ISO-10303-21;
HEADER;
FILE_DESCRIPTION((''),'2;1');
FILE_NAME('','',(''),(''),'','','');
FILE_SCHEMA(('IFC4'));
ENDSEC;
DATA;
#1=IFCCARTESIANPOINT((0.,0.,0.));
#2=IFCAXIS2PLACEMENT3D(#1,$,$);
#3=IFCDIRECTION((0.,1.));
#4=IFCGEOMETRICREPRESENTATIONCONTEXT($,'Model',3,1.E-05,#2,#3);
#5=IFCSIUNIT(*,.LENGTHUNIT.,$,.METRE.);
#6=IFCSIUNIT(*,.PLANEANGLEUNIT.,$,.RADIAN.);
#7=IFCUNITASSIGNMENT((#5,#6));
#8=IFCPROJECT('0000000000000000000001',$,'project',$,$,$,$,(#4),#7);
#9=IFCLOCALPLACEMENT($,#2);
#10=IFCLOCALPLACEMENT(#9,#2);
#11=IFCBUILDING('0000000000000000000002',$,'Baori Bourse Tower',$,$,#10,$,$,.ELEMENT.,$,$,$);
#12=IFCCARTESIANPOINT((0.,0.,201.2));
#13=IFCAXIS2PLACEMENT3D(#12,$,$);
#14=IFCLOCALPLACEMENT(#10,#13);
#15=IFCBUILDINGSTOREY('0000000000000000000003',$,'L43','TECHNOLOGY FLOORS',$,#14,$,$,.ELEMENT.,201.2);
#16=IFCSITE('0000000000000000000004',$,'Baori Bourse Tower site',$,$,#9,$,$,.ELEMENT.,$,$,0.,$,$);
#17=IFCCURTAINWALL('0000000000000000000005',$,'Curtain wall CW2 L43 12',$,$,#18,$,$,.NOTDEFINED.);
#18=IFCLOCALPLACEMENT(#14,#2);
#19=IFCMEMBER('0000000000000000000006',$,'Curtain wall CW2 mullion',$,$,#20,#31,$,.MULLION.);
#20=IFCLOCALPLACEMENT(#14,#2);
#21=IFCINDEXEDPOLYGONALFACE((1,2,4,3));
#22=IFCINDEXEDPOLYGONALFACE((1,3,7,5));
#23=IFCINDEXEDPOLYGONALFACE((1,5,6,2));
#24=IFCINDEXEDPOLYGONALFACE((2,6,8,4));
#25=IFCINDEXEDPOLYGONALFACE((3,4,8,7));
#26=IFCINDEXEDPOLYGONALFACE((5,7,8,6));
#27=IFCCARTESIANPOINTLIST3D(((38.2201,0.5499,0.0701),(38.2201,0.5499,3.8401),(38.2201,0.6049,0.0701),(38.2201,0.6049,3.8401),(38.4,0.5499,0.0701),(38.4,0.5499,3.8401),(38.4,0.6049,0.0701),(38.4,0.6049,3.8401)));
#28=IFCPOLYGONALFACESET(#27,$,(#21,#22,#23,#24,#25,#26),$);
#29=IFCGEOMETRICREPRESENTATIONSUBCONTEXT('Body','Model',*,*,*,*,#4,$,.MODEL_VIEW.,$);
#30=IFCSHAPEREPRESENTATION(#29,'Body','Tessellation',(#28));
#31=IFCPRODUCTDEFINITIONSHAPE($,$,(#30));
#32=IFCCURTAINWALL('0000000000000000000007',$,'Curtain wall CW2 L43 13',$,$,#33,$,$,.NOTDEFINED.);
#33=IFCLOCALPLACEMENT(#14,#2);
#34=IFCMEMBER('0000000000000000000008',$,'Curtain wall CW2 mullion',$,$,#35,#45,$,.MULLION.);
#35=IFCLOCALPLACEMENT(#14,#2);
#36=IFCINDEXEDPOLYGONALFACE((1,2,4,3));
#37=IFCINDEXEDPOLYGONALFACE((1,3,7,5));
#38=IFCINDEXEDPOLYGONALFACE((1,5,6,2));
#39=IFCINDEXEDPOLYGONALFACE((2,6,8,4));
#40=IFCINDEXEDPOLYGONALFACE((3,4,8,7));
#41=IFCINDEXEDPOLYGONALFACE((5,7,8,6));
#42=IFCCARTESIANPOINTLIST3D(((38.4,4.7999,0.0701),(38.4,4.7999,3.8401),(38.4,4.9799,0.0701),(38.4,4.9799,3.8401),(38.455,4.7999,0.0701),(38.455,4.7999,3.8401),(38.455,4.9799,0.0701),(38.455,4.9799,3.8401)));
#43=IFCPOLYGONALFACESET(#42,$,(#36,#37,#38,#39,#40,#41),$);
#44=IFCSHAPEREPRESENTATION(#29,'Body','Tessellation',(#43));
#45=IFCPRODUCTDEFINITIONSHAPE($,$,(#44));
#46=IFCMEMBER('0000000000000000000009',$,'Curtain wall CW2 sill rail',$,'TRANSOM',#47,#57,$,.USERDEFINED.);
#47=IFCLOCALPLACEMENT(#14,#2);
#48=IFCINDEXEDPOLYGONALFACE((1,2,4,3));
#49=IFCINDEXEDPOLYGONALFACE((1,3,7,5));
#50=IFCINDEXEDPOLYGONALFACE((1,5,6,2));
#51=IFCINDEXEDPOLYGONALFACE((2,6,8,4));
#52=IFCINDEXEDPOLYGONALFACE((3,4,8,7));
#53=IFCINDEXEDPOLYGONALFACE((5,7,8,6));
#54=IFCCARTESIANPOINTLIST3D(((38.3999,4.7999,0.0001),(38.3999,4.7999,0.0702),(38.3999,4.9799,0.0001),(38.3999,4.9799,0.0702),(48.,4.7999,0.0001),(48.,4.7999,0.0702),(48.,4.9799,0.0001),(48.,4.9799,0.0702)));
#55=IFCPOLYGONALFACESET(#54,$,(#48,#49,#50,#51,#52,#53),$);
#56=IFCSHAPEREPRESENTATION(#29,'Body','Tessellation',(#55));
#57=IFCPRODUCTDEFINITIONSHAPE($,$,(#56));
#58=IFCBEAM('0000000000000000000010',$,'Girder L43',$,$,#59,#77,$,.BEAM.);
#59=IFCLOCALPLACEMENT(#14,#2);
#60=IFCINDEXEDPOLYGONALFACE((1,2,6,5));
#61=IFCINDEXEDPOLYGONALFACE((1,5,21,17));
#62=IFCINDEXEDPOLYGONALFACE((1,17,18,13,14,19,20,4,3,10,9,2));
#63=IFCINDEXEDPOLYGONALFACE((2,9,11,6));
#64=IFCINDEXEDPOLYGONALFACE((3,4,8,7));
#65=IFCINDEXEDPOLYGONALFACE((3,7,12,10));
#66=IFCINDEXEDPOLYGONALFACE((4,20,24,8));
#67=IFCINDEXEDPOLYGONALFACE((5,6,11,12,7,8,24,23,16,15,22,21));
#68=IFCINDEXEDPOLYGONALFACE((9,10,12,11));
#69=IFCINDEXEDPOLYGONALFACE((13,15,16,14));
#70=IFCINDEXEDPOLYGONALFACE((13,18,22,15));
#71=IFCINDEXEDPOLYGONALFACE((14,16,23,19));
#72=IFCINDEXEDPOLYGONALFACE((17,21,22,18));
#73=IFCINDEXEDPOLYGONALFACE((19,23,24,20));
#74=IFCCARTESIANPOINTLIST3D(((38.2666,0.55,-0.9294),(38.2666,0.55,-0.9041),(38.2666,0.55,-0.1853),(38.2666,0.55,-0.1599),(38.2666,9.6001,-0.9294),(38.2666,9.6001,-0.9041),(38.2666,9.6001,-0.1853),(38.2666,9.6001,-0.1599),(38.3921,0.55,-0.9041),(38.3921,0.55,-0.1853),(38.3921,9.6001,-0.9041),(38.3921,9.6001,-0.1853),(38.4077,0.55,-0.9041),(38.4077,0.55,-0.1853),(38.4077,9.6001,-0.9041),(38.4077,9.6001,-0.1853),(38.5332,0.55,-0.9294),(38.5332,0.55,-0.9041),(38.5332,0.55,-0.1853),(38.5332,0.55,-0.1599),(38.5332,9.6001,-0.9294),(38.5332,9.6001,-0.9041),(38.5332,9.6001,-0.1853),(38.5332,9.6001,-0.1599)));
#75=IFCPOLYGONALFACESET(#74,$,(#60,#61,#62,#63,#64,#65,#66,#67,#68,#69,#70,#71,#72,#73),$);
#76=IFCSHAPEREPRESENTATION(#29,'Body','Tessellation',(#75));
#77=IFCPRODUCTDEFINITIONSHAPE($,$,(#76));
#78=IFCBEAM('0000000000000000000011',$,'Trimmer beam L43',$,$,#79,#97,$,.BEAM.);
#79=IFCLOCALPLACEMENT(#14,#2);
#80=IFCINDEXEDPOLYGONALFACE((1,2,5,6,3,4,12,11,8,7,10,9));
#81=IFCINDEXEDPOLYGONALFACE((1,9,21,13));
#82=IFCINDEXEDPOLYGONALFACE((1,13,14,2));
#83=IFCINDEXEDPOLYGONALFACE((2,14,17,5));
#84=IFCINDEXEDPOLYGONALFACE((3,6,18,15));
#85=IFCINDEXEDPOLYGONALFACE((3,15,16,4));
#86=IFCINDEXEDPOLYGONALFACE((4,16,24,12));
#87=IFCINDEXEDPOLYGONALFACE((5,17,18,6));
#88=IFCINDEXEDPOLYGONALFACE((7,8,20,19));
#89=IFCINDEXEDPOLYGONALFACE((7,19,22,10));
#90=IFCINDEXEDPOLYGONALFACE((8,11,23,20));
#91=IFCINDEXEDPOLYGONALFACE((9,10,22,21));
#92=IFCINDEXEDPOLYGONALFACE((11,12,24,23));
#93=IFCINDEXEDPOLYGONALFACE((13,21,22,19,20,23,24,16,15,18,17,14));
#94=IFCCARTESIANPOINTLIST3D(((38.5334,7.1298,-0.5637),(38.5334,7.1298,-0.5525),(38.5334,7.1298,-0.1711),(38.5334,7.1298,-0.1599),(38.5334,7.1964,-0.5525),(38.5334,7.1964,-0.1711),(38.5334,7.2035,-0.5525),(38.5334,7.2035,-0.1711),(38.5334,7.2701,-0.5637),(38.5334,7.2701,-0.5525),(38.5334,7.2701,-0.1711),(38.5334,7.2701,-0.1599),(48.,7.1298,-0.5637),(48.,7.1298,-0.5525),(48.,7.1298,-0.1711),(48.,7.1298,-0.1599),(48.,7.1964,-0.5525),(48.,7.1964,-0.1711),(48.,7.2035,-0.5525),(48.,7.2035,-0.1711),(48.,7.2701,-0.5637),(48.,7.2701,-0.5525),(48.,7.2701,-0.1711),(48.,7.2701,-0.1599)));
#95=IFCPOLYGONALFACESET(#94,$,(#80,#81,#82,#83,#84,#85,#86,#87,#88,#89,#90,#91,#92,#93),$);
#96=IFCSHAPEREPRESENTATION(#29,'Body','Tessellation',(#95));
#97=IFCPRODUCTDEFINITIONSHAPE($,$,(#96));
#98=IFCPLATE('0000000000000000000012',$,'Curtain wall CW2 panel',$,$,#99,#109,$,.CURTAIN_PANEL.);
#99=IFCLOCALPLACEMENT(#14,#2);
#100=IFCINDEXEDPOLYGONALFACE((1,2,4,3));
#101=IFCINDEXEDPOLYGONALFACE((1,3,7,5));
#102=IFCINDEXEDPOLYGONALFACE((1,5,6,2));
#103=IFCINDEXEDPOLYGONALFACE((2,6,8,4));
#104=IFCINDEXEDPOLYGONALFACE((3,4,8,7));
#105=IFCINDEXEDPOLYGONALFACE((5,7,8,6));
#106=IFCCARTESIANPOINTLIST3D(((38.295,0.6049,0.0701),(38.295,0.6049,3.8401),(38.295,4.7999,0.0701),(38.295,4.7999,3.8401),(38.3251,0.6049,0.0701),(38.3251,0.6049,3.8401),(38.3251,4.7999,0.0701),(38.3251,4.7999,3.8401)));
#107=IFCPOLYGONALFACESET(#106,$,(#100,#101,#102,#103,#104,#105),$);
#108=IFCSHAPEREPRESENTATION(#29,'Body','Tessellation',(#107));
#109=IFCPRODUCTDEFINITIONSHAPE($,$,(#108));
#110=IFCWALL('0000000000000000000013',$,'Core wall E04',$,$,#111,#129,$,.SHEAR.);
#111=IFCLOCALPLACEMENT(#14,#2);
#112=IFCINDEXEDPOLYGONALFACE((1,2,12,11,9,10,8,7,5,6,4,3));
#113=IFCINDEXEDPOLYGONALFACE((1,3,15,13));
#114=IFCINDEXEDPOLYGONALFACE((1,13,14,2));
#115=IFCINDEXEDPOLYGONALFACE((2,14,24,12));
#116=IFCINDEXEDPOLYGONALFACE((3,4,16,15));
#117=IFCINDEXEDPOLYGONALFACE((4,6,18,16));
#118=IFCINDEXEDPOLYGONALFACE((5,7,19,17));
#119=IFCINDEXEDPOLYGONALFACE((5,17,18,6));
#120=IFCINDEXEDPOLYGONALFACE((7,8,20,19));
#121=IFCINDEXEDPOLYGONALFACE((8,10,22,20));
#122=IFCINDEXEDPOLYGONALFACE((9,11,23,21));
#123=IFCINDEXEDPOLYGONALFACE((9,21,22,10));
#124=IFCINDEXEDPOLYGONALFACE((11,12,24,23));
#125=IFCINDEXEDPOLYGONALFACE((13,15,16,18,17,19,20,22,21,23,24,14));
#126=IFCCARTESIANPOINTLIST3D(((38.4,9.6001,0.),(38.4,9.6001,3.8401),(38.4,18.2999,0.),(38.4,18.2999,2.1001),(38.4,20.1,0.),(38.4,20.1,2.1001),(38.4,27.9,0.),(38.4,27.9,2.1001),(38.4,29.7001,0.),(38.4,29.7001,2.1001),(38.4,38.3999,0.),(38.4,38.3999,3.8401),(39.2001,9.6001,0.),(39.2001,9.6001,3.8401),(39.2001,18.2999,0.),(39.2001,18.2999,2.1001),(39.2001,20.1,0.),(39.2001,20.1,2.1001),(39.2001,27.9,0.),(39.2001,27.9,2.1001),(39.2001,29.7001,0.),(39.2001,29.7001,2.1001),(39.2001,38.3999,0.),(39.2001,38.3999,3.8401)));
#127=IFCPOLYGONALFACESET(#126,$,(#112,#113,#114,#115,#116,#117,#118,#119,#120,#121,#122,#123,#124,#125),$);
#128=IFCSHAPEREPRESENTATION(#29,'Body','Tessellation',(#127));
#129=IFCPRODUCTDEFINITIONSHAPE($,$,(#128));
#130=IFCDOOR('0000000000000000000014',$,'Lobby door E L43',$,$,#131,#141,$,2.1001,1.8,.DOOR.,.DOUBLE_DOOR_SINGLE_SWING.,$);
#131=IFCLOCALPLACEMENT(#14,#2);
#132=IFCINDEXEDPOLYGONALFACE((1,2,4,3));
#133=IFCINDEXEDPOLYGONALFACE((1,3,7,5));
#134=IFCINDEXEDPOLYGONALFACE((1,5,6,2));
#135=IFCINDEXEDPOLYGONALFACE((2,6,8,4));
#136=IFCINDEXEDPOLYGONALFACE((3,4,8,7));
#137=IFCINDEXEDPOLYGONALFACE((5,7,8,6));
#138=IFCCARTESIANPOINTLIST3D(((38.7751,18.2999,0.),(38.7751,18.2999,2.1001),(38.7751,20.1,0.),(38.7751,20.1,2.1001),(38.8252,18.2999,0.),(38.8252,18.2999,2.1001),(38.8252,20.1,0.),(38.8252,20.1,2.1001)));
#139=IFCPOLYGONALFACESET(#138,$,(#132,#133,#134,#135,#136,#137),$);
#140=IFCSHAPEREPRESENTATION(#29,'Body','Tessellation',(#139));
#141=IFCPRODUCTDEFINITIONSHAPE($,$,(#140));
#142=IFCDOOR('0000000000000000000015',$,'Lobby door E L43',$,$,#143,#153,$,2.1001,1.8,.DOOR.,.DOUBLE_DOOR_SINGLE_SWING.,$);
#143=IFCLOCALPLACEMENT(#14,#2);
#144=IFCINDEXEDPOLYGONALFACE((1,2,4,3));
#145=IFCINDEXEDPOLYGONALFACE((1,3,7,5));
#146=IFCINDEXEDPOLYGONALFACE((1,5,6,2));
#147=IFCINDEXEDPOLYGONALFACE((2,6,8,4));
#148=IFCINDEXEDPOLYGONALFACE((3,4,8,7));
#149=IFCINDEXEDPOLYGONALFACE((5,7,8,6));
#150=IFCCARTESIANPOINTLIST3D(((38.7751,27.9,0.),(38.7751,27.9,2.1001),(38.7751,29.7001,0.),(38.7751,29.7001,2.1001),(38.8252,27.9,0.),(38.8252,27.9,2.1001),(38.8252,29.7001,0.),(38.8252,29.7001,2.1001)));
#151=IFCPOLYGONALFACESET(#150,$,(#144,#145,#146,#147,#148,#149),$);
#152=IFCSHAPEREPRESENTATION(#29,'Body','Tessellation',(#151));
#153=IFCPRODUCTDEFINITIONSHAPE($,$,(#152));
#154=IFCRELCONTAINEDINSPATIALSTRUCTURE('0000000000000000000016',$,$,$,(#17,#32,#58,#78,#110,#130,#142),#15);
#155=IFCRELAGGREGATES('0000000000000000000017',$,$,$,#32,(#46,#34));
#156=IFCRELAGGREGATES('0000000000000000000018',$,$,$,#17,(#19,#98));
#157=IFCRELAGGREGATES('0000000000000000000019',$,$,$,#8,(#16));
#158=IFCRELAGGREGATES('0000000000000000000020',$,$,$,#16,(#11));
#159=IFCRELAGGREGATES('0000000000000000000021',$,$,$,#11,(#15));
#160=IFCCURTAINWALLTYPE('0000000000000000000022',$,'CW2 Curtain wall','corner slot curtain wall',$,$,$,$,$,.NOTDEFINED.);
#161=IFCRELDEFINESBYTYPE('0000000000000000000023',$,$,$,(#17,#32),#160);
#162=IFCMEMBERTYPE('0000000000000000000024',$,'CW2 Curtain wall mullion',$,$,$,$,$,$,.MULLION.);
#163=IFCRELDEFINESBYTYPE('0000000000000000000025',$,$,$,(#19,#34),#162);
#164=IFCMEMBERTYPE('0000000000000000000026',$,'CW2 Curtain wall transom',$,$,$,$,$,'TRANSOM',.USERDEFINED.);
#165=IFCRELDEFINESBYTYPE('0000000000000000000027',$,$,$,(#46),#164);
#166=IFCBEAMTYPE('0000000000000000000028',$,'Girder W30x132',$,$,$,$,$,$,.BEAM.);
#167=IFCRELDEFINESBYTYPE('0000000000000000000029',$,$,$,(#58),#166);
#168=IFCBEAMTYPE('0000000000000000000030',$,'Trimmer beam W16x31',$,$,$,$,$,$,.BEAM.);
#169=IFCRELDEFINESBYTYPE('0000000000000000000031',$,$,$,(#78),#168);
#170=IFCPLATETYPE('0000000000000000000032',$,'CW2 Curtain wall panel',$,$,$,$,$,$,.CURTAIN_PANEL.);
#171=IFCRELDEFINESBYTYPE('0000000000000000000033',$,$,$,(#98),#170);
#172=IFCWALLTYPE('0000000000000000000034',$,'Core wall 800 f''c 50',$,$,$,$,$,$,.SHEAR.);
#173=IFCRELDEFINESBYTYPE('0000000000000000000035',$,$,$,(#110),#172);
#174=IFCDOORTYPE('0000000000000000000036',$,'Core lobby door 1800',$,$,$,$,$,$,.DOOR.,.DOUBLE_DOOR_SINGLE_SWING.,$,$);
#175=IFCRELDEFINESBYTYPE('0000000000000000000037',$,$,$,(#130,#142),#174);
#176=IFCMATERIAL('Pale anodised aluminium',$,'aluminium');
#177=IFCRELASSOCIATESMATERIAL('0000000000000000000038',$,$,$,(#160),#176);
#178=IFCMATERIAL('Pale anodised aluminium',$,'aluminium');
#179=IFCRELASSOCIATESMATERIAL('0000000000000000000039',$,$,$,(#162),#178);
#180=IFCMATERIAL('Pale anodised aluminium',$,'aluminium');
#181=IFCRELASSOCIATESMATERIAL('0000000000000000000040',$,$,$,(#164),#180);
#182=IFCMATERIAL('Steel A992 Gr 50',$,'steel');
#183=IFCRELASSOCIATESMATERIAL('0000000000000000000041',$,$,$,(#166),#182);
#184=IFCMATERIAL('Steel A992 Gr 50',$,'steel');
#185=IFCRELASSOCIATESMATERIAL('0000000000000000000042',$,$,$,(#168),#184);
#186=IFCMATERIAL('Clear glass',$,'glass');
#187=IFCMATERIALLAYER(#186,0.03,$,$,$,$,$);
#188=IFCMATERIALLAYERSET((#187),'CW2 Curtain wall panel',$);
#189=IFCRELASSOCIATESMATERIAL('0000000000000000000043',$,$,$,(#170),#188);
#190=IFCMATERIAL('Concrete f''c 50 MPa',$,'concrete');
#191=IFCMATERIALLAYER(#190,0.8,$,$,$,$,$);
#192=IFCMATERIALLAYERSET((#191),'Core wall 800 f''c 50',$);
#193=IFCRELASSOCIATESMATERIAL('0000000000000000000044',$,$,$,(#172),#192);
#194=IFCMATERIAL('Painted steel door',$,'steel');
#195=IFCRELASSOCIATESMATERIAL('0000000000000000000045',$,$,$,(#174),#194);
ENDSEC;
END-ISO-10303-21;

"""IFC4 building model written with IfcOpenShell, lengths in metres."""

from ifc_helpers import new_model, si_unit, direction, frame, frame_2d, origin, origin_2d, place, context, subcontext, project, spatial, rectangle, i_section, extrude, material, layer, layer_set, material_profile, profile_set, type_object, element, fill, aggregate, save


model = new_model("IFC4")

# Units and contexts
model_context = context("Model", 3, precision=1e-05, world=origin(), true_north=direction((0.0, 1.0)))
body_context = subcontext(model_context, "Body", "Model", "MODEL_VIEW")
ifc_project = project(units=[si_unit("LENGTHUNIT", "METRE"), si_unit("PLANEANGLEUNIT", "RADIAN")], contexts=[model_context])

# Site, building, storey
site_placement = place(None, origin())
site = spatial("IfcSite", under=ifc_project, at=site_placement, Name="Baori Bourse Tower site", CompositionType="ELEMENT", RefElevation=0.0)
building_placement = place(site_placement, origin())
building = spatial("IfcBuilding", under=site, at=building_placement, Name="Baori Bourse Tower", CompositionType="ELEMENT")
storey_placement = place(building_placement, frame((0.0, 0.0, 201.2)))
storey = spatial("IfcBuildingStorey", under=building, at=storey_placement, Name="L43", Description="TECHNOLOGY FLOORS", CompositionType="ELEMENT", Elevation=201.2)

# Curtain wall, member
ifc_material_1 = material(Name="Pale anodised aluminium", Category="aluminium")
curtain_wall_type = type_object("IfcCurtainWallType", Name="CW2 Curtain wall", Description="corner slot curtain wall", PredefinedType="NOTDEFINED", material=ifc_material_1)
curtain_wall_1_placement = place(storey_placement, origin())
curtain_wall_1 = element("IfcCurtainWall", 1, at=curtain_wall_1_placement, inside=storey, type_object=curtain_wall_type, Name="Curtain wall CW2 L43 12", PredefinedType="NOTDEFINED")
ifc_material_2 = material(Name="Pale anodised aluminium", Category="aluminium")
ifc_material_profile_1 = material_profile(ifc_material_2, rectangle(XDim=0.1799, YDim=0.0549, at=origin_2d()), Name="Mullion 55x180")
ifc_profile_set_1 = profile_set([ifc_material_profile_1], Name="Pale anodised aluminium")
member_type_1 = type_object("IfcMemberType", Name="CW2 Curtain wall mullion", PredefinedType="MULLION", material=ifc_profile_set_1)
member_1_placement = place(storey_placement, frame((38.3101, 0.5774, 0.0701), z_axis=(0.0, 0.0, 1.0), x_axis=(-1.0, 0.0, 0.0)))
member_1 = element("IfcMember", 2, at=member_1_placement, type_object=member_type_1, Name="Curtain wall CW2 mullion", PredefinedType="MULLION", context=body_context, shape_type="SweptSolid", body=[
    extrude(rectangle(XDim=0.1799, YDim=0.0549, at=origin_2d()), origin(), (0.0, 0.0, 1.0), 3.77),
])

# Curtain wall, members
curtain_wall_2_placement = place(storey_placement, origin())
curtain_wall_2 = element("IfcCurtainWall", 3, at=curtain_wall_2_placement, inside=storey, type_object=curtain_wall_type, Name="Curtain wall CW2 L43 13", PredefinedType="NOTDEFINED")
member_2_placement = place(storey_placement, frame((38.4275, 4.8899, 0.0701), z_axis=(0.0, 0.0, 1.0), x_axis=(0.0, 1.0, 0.0)))
member_2 = element("IfcMember", 4, at=member_2_placement, type_object=member_type_1, Name="Curtain wall CW2 mullion", PredefinedType="MULLION", context=body_context, shape_type="SweptSolid", body=[
    extrude(rectangle(XDim=0.1799, YDim=0.0549, at=origin_2d()), origin(), (0.0, 0.0, 1.0), 3.77),
])
ifc_material_3 = material(Name="Pale anodised aluminium", Category="aluminium")
ifc_material_profile_2 = material_profile(ifc_material_3, rectangle(XDim=0.1799, YDim=0.0701, at=origin_2d()), Name="Transom 70x180")
ifc_profile_set_2 = profile_set([ifc_material_profile_2], Name="Pale anodised aluminium")
member_type_2 = type_object("IfcMemberType", Name="CW2 Curtain wall transom", ElementType="TRANSOM", PredefinedType="USERDEFINED", material=ifc_profile_set_2)
member_3_placement = place(storey_placement, frame((38.3999, 4.8899, 0.0352), z_axis=(1.0, 0.0, 0.0), x_axis=(0.0, 1.0, 0.0)))
member_3 = element("IfcMember", 5, at=member_3_placement, type_object=member_type_2, Name="Curtain wall CW2 sill rail", ObjectType="TRANSOM", PredefinedType="USERDEFINED", context=body_context, shape_type="SweptSolid", body=[
    extrude(rectangle(XDim=0.1799, YDim=0.0701, at=origin_2d()), origin(), (0.0, 0.0, 1.0), 9.6001),
])
aggregate(curtain_wall_2, [member_3, member_2])

# Beams
ifc_material_4 = material(Name="Steel A992 Gr 50", Category="steel")
ifc_material_profile_3 = material_profile(ifc_material_4, i_section(OverallWidth=0.2666, OverallDepth=0.7695, WebThickness=0.0156, FlangeThickness=0.0254, at=origin_2d()), Name="W30x132")
ifc_profile_set_3 = profile_set([ifc_material_profile_3], Name="Steel A992 Gr 50")
beam_type_1 = type_object("IfcBeamType", Name="Girder W30x132", PredefinedType="BEAM", material=ifc_profile_set_3)
beam_1_placement = place(storey_placement, frame((38.3999, 0.55, -0.5447), z_axis=(0.0, 1.0, 0.0), x_axis=(-1.0, 0.0, 0.0)))
element("IfcBeam", 6, at=beam_1_placement, inside=storey, type_object=beam_type_1, Name="Girder L43", PredefinedType="BEAM", context=body_context, shape_type="SweptSolid", body=[
    extrude(i_section(OverallWidth=0.2666, OverallDepth=0.7695, WebThickness=0.0156, FlangeThickness=0.0254, at=origin_2d()), origin(), (0.0, 0.0, 1.0), 9.05),
])
ifc_material_5 = material(Name="Steel A992 Gr 50", Category="steel")
ifc_material_profile_4 = material_profile(ifc_material_5, i_section(OverallWidth=0.1404, OverallDepth=0.4038, WebThickness=0.0071, FlangeThickness=0.0112, at=origin_2d()), Name="W16x31")
ifc_profile_set_4 = profile_set([ifc_material_profile_4], Name="Steel A992 Gr 50")
beam_type_2 = type_object("IfcBeamType", Name="Trimmer beam W16x31", PredefinedType="BEAM", material=ifc_profile_set_4)
beam_2_placement = place(storey_placement, frame((38.5334, 7.2, -0.3618), z_axis=(1.0, 0.0, 0.0), x_axis=(0.0, 1.0, 0.0)))
element("IfcBeam", 7, at=beam_2_placement, inside=storey, type_object=beam_type_2, Name="Trimmer beam L43", PredefinedType="BEAM", context=body_context, shape_type="SweptSolid", body=[
    extrude(i_section(OverallWidth=0.1404, OverallDepth=0.4038, WebThickness=0.0071, FlangeThickness=0.0112, at=origin_2d()), origin(), (0.0, 0.0, 1.0), 9.4666),
])

# Plate
ifc_material_6 = material(Name="Clear glass", Category="glass")
ifc_layer_1 = layer(ifc_material_6, 0.03)
ifc_layer_set_1 = layer_set([ifc_layer_1], Name="CW2 Curtain wall panel")
plate_type = type_object("IfcPlateType", Name="CW2 Curtain wall panel", PredefinedType="CURTAIN_PANEL", material=ifc_layer_set_1)
plate_placement = place(storey_placement, frame((38.3101, 2.7024, 0.0701), z_axis=(0.0, 0.0, 1.0), x_axis=(0.0, 1.0, 0.0)))
plate = element("IfcPlate", 8, at=plate_placement, type_object=plate_type, Name="Curtain wall CW2 panel", PredefinedType="CURTAIN_PANEL", context=body_context, shape_type="SweptSolid", body=[
    extrude(rectangle(XDim=4.1951, YDim=0.03, at=origin_2d()), origin(), (0.0, 0.0, 1.0), 3.77),
])
aggregate(curtain_wall_1, [member_1, plate])

# Wall, openings, doors
ifc_material_7 = material(Name="Concrete f'c 50 MPa", Category="concrete")
ifc_layer_2 = layer(ifc_material_7, 0.8)
ifc_layer_set_2 = layer_set([ifc_layer_2], Name="Core wall 800 f'c 50")
wall_type_1 = type_object("IfcWallType", Name="Core wall 800 f'c 50", PredefinedType="SHEAR", material=ifc_layer_set_2)
wall_1_placement = place(storey_placement, frame((38.8, 9.6001, 0.0), z_axis=(0.0, 0.0, 1.0), x_axis=(0.0, 1.0, 0.0)))
wall_1 = element("IfcWall", 9, at=wall_1_placement, inside=storey, type_object=wall_type_1, Name="Core wall E04", PredefinedType="SHEAR", context=body_context, shape_type="SweptSolid", body=[
    extrude(rectangle(XDim=28.7998, YDim=0.8, at=frame_2d((14.3999, 0.0))), origin(), (0.0, 0.0, 1.0), 3.8401),
])
opening_1_placement = place(wall_1_placement, frame((8.7, 0.0, 0.0)))
opening_1 = element("IfcOpeningElement", 10, at=opening_1_placement, cuts=wall_1, PredefinedType="OPENING", context=body_context, shape_type="SweptSolid", body=[
    extrude(rectangle(XDim=1.8, YDim=2.1001, at=frame_2d((0.8999, 1.05))), frame((0.0, 0.4099, 0.0), z_axis=(0.0, -1.0, 0.0), x_axis=(1.0, 0.0, 0.0)), (0.0, 0.0, 1.0), 0.8201),
])
opening_2_placement = place(wall_1_placement, frame((18.3, 0.0, 0.0)))
opening_2 = element("IfcOpeningElement", 11, at=opening_2_placement, cuts=wall_1, PredefinedType="OPENING", context=body_context, shape_type="SweptSolid", body=[
    extrude(rectangle(XDim=1.8, YDim=2.1001, at=frame_2d((0.8999, 1.05))), frame((0.0, 0.4099, 0.0), z_axis=(0.0, -1.0, 0.0), x_axis=(1.0, 0.0, 0.0)), (0.0, 0.0, 1.0), 0.8201),
])
ifc_material_8 = material(Name="Painted steel door", Category="steel")
door_type_1 = type_object("IfcDoorType", Name="Core lobby door 1800", OperationType="DOUBLE_DOOR_SINGLE_SWING", PredefinedType="DOOR", material=ifc_material_8)
door_1_placement = place(opening_1_placement, origin())
door_1 = element("IfcDoor", 12, at=door_1_placement, inside=storey, type_object=door_type_1, Name="Lobby door E L43", OperationType="DOUBLE_DOOR_SINGLE_SWING", OverallHeight=2.1001, OverallWidth=1.8, PredefinedType="DOOR", context=body_context, shape_type="SweptSolid", body=[
    extrude(rectangle(XDim=1.8, YDim=2.1001, at=frame_2d((0.8999, 1.05))), frame((0.0, 0.0249, 0.0), z_axis=(0.0, -1.0, 0.0), x_axis=(1.0, 0.0, 0.0)), (0.0, 0.0, 1.0), 0.05),
])
fill(opening_1, door_1)
door_2_placement = place(opening_2_placement, origin())
door_2 = element("IfcDoor", 13, at=door_2_placement, inside=storey, type_object=door_type_1, Name="Lobby door E L43", OperationType="DOUBLE_DOOR_SINGLE_SWING", OverallHeight=2.1001, OverallWidth=1.8, PredefinedType="DOOR", context=body_context, shape_type="SweptSolid", body=[
    extrude(rectangle(XDim=1.8, YDim=2.1001, at=frame_2d((0.8999, 1.05))), frame((0.0, 0.0249, 0.0), z_axis=(0.0, -1.0, 0.0), x_axis=(1.0, 0.0, 0.0)), (0.0, 0.0, 1.0), 0.05),
])
fill(opening_2, door_2)

save(model, "model.ifc")
